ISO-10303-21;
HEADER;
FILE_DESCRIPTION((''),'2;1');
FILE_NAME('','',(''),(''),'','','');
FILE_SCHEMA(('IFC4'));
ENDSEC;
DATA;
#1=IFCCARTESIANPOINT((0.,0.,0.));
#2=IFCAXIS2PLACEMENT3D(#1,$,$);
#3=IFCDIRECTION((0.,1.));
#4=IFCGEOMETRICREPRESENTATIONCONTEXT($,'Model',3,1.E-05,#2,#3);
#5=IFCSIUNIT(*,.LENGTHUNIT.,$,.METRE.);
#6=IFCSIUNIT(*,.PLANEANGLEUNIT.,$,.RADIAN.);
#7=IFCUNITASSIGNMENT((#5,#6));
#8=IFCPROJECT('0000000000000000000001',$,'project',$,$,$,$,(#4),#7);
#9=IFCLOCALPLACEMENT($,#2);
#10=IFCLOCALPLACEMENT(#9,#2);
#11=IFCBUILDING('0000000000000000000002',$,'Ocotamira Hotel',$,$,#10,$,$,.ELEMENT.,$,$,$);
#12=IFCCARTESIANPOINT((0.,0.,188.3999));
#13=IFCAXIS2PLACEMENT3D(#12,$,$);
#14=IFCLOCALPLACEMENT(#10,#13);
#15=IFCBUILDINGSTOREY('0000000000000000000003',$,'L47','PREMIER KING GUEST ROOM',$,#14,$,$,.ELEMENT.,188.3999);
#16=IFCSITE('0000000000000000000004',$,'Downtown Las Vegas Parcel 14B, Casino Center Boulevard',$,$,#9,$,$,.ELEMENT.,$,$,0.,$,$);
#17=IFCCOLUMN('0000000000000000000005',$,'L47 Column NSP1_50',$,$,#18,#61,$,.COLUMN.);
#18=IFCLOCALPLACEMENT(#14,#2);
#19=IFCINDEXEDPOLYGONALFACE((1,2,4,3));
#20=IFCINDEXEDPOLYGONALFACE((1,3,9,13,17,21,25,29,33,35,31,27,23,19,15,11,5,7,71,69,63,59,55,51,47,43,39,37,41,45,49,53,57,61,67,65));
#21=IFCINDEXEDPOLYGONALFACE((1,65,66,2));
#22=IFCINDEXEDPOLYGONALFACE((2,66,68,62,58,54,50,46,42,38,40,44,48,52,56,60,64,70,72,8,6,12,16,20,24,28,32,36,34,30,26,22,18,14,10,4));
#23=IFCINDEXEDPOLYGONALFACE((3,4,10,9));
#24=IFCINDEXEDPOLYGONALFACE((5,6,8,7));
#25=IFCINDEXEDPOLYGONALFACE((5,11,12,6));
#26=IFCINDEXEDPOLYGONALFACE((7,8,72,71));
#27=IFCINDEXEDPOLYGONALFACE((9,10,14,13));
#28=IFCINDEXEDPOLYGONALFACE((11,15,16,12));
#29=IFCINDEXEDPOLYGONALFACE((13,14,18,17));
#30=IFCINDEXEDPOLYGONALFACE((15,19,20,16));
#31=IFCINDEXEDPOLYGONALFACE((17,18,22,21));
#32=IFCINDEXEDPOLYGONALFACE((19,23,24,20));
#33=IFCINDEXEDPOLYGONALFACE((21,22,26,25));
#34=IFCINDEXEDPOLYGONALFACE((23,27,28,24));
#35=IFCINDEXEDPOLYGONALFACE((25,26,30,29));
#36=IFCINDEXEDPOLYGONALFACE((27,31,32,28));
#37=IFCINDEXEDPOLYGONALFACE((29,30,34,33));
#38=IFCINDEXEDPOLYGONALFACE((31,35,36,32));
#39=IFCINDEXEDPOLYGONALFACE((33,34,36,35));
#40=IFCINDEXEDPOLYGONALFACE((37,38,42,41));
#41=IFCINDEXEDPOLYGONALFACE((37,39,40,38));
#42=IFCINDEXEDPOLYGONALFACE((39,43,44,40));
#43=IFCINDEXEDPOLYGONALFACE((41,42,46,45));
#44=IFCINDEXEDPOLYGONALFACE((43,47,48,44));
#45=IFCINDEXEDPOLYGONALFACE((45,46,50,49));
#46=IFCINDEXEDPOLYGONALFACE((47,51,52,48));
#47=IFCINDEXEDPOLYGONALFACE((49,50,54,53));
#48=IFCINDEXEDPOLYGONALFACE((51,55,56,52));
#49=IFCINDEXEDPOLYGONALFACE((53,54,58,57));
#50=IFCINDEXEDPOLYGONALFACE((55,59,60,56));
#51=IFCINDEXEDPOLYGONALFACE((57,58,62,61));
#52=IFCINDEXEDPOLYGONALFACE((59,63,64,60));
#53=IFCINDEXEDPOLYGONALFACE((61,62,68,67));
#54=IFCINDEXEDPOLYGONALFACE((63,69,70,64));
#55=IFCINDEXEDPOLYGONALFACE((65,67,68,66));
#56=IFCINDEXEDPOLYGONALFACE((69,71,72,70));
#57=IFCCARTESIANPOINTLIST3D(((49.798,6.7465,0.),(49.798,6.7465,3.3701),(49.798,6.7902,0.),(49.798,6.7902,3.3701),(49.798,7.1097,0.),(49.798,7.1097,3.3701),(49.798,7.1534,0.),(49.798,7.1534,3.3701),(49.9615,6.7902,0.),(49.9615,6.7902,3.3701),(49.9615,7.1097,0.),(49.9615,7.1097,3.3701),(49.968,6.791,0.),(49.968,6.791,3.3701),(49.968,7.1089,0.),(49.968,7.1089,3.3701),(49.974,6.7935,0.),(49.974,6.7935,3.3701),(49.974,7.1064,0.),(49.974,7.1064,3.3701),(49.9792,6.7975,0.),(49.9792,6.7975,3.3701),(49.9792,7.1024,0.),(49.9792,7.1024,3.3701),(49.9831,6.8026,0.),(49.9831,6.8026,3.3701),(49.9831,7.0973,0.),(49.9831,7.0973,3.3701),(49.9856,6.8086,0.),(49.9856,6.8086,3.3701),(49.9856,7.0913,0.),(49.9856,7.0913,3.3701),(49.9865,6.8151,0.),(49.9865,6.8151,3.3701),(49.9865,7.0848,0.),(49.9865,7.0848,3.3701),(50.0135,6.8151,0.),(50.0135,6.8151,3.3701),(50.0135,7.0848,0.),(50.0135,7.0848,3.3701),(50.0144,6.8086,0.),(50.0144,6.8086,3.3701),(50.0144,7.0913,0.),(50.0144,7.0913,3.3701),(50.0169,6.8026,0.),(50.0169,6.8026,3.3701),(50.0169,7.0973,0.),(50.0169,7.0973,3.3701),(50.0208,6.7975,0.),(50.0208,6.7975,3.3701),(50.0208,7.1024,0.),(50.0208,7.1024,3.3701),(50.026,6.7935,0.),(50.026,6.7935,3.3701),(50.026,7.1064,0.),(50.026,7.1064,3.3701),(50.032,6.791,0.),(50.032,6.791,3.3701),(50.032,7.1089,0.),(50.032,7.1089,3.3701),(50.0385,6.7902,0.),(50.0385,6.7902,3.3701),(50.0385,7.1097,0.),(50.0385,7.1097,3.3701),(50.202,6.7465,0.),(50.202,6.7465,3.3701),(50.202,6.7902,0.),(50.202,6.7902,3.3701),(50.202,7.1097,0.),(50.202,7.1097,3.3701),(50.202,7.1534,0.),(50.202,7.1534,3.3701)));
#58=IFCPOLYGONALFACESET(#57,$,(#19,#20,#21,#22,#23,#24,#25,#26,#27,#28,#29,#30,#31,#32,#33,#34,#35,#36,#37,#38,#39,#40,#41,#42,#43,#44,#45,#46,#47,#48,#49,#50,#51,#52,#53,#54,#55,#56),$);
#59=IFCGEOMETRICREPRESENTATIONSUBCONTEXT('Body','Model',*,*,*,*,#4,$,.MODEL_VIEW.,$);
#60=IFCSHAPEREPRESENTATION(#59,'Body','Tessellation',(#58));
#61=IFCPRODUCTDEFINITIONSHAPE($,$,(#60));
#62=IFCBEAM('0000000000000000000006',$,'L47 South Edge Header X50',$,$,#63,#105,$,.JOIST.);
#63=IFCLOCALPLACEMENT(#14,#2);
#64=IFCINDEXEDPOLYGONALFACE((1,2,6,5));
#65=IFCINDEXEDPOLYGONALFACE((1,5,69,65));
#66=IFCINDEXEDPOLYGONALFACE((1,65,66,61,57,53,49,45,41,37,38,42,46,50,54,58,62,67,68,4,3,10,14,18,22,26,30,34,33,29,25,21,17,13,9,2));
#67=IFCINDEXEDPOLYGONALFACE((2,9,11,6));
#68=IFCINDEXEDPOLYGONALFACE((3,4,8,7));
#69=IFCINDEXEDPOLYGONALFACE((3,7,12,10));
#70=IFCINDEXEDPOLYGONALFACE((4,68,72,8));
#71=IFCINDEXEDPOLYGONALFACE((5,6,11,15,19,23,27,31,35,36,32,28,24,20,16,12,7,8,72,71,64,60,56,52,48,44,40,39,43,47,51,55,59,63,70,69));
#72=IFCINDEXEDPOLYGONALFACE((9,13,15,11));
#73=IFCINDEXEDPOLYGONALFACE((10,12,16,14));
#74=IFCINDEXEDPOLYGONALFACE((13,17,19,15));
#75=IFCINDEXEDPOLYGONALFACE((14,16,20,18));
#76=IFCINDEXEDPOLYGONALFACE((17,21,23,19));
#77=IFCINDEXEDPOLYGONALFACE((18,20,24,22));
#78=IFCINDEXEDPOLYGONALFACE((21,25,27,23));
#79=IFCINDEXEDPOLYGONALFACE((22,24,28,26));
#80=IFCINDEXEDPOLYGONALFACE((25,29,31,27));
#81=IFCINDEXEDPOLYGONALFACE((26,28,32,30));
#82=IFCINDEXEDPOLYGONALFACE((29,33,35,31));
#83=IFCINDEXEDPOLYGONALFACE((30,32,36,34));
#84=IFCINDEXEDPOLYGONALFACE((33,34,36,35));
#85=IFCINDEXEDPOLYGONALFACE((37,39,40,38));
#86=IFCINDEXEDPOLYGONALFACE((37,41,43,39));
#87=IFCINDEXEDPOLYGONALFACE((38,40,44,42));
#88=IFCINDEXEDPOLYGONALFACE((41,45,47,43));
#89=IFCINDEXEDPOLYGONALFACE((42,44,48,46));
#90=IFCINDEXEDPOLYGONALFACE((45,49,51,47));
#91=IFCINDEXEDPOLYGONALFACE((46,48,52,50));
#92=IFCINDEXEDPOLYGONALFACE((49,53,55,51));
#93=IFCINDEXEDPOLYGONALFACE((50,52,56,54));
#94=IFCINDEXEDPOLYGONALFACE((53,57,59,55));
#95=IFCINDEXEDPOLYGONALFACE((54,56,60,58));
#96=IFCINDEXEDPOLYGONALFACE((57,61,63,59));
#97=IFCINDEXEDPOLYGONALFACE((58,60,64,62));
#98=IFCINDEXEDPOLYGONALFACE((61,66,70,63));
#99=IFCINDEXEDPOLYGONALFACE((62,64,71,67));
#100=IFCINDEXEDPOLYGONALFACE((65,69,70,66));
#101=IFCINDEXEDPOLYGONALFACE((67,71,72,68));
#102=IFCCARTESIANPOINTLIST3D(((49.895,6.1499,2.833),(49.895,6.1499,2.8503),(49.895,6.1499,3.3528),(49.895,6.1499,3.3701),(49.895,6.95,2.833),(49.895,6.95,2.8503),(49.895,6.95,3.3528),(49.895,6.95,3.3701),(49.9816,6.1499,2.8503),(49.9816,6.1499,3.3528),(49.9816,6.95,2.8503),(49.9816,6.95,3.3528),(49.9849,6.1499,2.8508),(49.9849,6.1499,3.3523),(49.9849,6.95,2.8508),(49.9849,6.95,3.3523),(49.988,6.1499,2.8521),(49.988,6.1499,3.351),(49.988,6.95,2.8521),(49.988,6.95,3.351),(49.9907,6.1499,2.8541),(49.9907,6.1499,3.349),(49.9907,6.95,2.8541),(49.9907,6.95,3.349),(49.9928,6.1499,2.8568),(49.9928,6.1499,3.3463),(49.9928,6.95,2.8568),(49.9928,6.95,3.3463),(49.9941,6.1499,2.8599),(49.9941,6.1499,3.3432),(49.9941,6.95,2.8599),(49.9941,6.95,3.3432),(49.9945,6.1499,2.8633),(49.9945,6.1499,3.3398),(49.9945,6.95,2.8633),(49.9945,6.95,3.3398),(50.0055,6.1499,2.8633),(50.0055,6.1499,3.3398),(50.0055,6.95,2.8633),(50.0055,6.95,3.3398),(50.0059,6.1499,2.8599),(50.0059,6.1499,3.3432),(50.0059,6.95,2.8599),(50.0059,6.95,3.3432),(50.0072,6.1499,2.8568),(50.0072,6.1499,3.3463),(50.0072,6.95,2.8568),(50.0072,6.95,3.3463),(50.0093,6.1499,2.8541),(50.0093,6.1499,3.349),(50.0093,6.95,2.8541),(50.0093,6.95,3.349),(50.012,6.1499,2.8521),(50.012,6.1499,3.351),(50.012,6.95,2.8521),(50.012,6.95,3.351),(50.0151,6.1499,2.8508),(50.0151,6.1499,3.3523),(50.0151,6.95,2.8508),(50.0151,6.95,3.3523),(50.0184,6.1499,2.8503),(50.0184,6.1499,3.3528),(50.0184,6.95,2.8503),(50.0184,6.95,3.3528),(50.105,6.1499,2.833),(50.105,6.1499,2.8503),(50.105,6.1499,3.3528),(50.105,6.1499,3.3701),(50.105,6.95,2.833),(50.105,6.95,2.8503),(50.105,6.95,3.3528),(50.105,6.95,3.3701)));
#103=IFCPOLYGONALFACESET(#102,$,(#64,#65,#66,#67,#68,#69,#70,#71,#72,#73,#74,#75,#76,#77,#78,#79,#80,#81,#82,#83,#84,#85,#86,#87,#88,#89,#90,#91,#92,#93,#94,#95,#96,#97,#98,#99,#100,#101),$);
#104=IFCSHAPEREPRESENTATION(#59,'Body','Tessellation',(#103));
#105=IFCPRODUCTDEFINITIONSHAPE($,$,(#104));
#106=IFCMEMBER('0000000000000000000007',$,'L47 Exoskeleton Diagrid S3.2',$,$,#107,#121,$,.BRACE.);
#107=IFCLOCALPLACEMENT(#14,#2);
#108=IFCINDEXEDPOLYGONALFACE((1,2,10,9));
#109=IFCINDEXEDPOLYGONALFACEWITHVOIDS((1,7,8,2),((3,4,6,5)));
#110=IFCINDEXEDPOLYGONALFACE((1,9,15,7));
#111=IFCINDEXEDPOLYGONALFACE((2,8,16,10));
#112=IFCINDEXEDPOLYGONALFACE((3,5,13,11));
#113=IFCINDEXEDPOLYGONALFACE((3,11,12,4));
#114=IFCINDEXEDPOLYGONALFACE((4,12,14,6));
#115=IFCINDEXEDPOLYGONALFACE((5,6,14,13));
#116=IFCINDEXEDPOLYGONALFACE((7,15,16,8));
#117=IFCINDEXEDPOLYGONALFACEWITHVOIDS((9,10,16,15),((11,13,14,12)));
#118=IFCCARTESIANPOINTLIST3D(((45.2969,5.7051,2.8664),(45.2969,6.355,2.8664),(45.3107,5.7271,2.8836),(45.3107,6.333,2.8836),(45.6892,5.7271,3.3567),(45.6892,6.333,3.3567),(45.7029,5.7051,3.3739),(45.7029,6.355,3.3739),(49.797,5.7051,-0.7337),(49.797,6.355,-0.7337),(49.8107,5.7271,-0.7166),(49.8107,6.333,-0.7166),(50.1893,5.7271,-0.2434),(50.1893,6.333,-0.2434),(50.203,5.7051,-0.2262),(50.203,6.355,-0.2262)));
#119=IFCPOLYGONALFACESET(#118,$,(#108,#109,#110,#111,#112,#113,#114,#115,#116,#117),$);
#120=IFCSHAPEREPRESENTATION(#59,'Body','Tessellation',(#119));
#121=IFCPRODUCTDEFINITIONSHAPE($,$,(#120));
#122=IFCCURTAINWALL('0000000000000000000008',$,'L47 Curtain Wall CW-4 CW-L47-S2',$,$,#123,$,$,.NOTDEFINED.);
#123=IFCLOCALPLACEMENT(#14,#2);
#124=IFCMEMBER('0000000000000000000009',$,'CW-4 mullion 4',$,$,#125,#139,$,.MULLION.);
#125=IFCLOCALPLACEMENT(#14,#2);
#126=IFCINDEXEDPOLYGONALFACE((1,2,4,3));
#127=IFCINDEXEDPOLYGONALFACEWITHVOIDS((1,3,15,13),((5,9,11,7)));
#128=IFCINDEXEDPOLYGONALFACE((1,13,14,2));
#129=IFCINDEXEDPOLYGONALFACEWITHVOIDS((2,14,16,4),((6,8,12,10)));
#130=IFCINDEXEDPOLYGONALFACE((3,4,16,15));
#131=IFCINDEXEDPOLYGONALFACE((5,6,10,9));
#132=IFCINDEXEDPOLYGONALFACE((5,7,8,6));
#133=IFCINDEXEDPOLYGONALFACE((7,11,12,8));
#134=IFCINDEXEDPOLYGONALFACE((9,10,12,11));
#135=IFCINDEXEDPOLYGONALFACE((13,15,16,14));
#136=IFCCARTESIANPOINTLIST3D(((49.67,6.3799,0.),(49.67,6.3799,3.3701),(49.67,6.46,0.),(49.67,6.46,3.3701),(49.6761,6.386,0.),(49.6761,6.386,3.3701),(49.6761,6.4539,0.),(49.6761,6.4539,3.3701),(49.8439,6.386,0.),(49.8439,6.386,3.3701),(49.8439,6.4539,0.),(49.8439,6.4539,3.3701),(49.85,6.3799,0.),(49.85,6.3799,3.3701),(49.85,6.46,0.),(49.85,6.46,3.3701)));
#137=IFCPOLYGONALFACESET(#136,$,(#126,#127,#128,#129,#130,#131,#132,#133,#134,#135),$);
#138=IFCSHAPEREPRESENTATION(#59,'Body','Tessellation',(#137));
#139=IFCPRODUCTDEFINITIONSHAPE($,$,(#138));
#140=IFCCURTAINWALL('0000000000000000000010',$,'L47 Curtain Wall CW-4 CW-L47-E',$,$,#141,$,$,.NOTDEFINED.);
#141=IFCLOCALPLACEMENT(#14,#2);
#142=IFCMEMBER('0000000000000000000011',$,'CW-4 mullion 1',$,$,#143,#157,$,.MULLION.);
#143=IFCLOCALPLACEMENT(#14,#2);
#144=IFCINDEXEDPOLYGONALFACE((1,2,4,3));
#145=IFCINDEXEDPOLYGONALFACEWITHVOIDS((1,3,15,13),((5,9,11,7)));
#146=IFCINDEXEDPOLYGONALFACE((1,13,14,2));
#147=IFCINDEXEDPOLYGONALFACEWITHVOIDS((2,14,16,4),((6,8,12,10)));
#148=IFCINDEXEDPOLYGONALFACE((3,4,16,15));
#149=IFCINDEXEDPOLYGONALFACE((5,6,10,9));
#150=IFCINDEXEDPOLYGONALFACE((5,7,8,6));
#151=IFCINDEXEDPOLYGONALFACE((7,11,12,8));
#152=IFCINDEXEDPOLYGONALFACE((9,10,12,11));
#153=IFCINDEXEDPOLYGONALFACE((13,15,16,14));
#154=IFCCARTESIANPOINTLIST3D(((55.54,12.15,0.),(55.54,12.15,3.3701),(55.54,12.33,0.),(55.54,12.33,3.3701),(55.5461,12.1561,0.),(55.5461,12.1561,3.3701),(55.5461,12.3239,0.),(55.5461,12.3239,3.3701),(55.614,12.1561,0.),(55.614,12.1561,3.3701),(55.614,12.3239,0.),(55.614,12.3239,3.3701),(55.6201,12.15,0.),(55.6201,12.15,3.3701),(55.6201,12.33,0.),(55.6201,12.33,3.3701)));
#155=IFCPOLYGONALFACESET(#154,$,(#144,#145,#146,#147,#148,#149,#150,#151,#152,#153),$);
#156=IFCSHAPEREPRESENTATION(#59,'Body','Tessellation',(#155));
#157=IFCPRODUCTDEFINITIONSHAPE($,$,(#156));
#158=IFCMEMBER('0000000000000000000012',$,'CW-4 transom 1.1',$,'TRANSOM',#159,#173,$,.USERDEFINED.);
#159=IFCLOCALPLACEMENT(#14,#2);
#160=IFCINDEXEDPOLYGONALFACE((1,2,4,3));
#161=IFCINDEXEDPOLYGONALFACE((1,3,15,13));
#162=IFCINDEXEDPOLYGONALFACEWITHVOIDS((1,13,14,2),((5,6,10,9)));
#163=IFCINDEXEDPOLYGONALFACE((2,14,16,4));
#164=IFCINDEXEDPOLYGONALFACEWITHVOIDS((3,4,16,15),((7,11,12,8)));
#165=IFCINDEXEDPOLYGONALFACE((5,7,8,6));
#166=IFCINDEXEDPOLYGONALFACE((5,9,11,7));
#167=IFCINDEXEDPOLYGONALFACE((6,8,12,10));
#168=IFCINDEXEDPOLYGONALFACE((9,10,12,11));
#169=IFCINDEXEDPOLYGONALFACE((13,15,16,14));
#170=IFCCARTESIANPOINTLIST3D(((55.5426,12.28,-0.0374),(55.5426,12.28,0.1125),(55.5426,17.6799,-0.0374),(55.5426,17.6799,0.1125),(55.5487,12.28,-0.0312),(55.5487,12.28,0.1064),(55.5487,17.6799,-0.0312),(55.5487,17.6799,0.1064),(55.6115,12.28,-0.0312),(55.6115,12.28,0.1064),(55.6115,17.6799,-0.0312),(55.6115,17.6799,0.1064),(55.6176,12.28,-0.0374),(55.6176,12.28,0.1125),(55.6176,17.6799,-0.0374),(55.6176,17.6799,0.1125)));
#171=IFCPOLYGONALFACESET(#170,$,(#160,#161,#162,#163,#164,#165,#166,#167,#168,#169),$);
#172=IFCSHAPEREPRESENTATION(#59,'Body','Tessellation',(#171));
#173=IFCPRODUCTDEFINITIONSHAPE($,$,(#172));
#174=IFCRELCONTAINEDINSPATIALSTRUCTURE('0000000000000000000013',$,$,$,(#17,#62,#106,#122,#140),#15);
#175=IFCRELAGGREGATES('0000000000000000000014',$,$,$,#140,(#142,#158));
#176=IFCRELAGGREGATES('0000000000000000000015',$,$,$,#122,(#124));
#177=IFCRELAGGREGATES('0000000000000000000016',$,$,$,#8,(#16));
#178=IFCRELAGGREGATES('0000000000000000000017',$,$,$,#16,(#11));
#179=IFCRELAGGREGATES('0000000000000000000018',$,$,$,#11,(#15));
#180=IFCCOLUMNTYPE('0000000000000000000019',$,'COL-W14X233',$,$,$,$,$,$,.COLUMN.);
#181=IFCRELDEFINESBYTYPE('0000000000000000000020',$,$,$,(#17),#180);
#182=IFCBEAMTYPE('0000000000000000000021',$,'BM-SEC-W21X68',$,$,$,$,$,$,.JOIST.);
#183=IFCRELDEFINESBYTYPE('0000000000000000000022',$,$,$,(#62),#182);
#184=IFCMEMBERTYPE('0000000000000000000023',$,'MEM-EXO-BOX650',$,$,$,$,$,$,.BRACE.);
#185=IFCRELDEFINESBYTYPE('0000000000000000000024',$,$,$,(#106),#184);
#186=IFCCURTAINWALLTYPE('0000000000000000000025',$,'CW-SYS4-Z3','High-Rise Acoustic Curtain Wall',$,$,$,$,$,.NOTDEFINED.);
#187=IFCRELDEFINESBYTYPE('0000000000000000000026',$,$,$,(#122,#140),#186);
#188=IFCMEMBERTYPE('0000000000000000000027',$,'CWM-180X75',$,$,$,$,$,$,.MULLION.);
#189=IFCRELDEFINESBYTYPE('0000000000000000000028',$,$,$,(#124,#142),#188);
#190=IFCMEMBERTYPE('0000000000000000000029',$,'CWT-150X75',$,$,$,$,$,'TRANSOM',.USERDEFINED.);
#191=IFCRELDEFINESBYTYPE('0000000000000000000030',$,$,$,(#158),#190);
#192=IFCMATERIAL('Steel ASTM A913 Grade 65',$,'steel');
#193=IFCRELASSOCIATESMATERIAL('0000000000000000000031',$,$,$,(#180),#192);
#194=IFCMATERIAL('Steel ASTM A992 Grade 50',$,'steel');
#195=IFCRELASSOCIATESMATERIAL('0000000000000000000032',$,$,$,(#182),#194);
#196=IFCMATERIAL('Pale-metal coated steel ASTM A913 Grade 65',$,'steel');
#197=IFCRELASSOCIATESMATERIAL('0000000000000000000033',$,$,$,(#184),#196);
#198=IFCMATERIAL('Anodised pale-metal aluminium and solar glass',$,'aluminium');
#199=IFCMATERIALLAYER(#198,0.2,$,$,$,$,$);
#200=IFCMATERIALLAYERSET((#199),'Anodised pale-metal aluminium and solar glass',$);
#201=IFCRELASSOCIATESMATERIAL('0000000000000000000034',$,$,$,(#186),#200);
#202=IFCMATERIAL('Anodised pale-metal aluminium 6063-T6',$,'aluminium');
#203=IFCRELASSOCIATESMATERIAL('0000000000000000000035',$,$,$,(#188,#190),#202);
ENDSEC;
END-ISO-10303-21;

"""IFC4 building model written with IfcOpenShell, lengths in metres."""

from ifc_helpers import new_model, si_unit, direction, frame, origin, origin_2d, place, context, subcontext, project, spatial, hollow_rectangle, i_section, extrude, source, transform, mapped, material, layer, layer_set, material_profile, profile_set, type_object, element, aggregate, save


model = new_model("IFC4")

# Units and contexts
model_context = context("Model", 3, precision=1e-05, world=origin(), true_north=direction((0.0, 1.0)))
body_context = subcontext(model_context, "Body", "Model", "MODEL_VIEW")
ifc_project = project(units=[si_unit("LENGTHUNIT", "METRE"), si_unit("PLANEANGLEUNIT", "RADIAN")], contexts=[model_context])

# Site, building, storey
site_placement = place(None, origin())
site = spatial("IfcSite", under=ifc_project, at=site_placement, Name="Downtown Las Vegas Parcel 14B, Casino Center Boulevard", CompositionType="ELEMENT", RefElevation=0.0)
building_placement = place(site_placement, origin())
building = spatial("IfcBuilding", under=site, at=building_placement, Name="Ocotamira Hotel", CompositionType="ELEMENT")
storey_placement = place(building_placement, frame((0.0, 0.0, 188.3999)))
storey = spatial("IfcBuildingStorey", under=building, at=storey_placement, Name="L47", Description="PREMIER KING GUEST ROOM", CompositionType="ELEMENT", Elevation=188.3999)

# Column
ifc_material_1 = material(Name="Steel ASTM A913 Grade 65", Category="steel")
ifc_material_profile_1 = material_profile(ifc_material_1, i_section(OverallWidth=0.4041, OverallDepth=0.407, WebThickness=0.0271, FlangeThickness=0.0437, FilletRadius=0.0249, at=origin_2d()), Name="W14X233")
ifc_profile_set_1 = profile_set([ifc_material_profile_1], Name="Steel ASTM A913 Grade 65")
column_type = type_object("IfcColumnType", Name="COL-W14X233", PredefinedType="COLUMN", material=ifc_profile_set_1)
shared_shape_1 = source(origin(), body_context, "Body", "SweptSolid", [
    extrude(i_section(OverallWidth=0.4041, OverallDepth=0.407, WebThickness=0.0271, FlangeThickness=0.0437, FilletRadius=0.0249, at=origin_2d()), origin(), (0.0, 0.0, 1.0), 3.3701),
])
column_placement = place(storey_placement, frame((50.0, 6.95, 0.0), z_axis=(0.0, 0.0, 1.0), x_axis=(1.0, 0.0, 0.0)))
element("IfcColumn", 1, at=column_placement, inside=storey, type_object=column_type, Name="L47 Column NSP1_50", PredefinedType="COLUMN", context=body_context, shape_type="MappedRepresentation", body=[
    mapped(shared_shape_1, transform((0.0, 0.0, 0.0), scale=1.0)),
])

# Beam
ifc_material_2 = material(Name="Steel ASTM A992 Grade 50", Category="steel")
ifc_material_profile_2 = material_profile(ifc_material_2, i_section(OverallWidth=0.21, OverallDepth=0.5371, WebThickness=0.011, FlangeThickness=0.0173, FilletRadius=0.0129, at=origin_2d()), Name="W21X68")
ifc_profile_set_2 = profile_set([ifc_material_profile_2], Name="Steel ASTM A992 Grade 50")
beam_type = type_object("IfcBeamType", Name="BM-SEC-W21X68", PredefinedType="JOIST", material=ifc_profile_set_2)
shared_shape_2 = source(origin(), body_context, "Body", "SweptSolid", [
    extrude(i_section(OverallWidth=0.21, OverallDepth=0.5371, WebThickness=0.011, FlangeThickness=0.0173, FilletRadius=0.0129, at=origin_2d()), origin(), (0.0, 0.0, 1.0), 0.8),
])
beam_placement = place(storey_placement, frame((50.0, 6.95, 3.1016), z_axis=(0.0, -1.0, 0.0), x_axis=(1.0, 0.0, 0.0)))
element("IfcBeam", 2, at=beam_placement, inside=storey, type_object=beam_type, Name="L47 South Edge Header X50", PredefinedType="JOIST", context=body_context, shape_type="MappedRepresentation", body=[
    mapped(shared_shape_2, transform((0.0, 0.0, 0.0), scale=1.0)),
])

# Member
ifc_material_3 = material(Name="Pale-metal coated steel ASTM A913 Grade 65", Category="steel")
ifc_material_profile_3 = material_profile(ifc_material_3, hollow_rectangle(XDim=0.6499, YDim=0.6499, WallThickness=0.022, at=origin_2d()), Name="BOX650X650X22")
ifc_profile_set_3 = profile_set([ifc_material_profile_3], Name="Pale-metal coated steel ASTM A913 Grade 65")
member_type_1 = type_object("IfcMemberType", Name="MEM-EXO-BOX650", PredefinedType="BRACE", material=ifc_profile_set_3)
shared_shape_3 = source(origin(), body_context, "Body", "SweptSolid", [
    extrude(hollow_rectangle(XDim=0.6499, YDim=0.6499, WallThickness=0.022, at=origin_2d()), origin(), (0.0, 0.0, 1.0), 5.7629),
])
member_1_placement = place(storey_placement, frame((50.0, 6.03, -0.48), z_axis=(-0.780861, 0.0, 0.624705), x_axis=(0.0, -1.0, 0.0)))
element("IfcMember", 3, at=member_1_placement, inside=storey, type_object=member_type_1, Name="L47 Exoskeleton Diagrid S3.2", PredefinedType="BRACE", context=body_context, shape_type="MappedRepresentation", body=[
    mapped(shared_shape_3, transform((0.0, 0.0, 0.0), scale=1.0)),
])

# Curtain wall, member
ifc_material_4 = material(Name="Anodised pale-metal aluminium and solar glass", Category="aluminium")
ifc_layer_1 = layer(ifc_material_4, 0.2)
ifc_layer_set_1 = layer_set([ifc_layer_1], Name="Anodised pale-metal aluminium and solar glass")
curtain_wall_type = type_object("IfcCurtainWallType", Name="CW-SYS4-Z3", Description="High-Rise Acoustic Curtain Wall", PredefinedType="NOTDEFINED", material=ifc_layer_set_1)
curtain_wall_1_placement = place(storey_placement, origin())
curtain_wall_1 = element("IfcCurtainWall", 4, at=curtain_wall_1_placement, inside=storey, type_object=curtain_wall_type, Name="L47 Curtain Wall CW-4 CW-L47-S2", PredefinedType="NOTDEFINED")
ifc_material_5 = material(Name="Anodised pale-metal aluminium 6063-T6", Category="aluminium")
ifc_material_profile_4 = material_profile(ifc_material_5, hollow_rectangle(XDim=0.0801, YDim=0.1799, WallThickness=0.0061, at=origin_2d()), Name="HSS180X80X6")
ifc_profile_set_4 = profile_set([ifc_material_profile_4], Name="Anodised pale-metal aluminium 6063-T6")
member_type_2 = type_object("IfcMemberType", Name="CWM-180X75", PredefinedType="MULLION", material=ifc_profile_set_4)
shared_shape_4 = source(origin(), body_context, "Body", "SweptSolid", [
    extrude(hollow_rectangle(XDim=0.0801, YDim=0.1799, WallThickness=0.0061, at=origin_2d()), origin(), (0.0, 0.0, 1.0), 3.3701),
])
member_2_placement = place(storey_placement, frame((49.76, 6.4199, 0.0), z_axis=(0.0, 0.0, 1.0), x_axis=(0.0, 1.0, 0.0)))
member_2 = element("IfcMember", 5, at=member_2_placement, type_object=member_type_2, Name="CW-4 mullion 4", PredefinedType="MULLION", context=body_context, shape_type="MappedRepresentation", body=[
    mapped(shared_shape_4, transform((0.0, 0.0, 0.0), scale=1.0)),
])

# Curtain wall, members
curtain_wall_2_placement = place(storey_placement, origin())
curtain_wall_2 = element("IfcCurtainWall", 6, at=curtain_wall_2_placement, inside=storey, type_object=curtain_wall_type, Name="L47 Curtain Wall CW-4 CW-L47-E", PredefinedType="NOTDEFINED")
member_3_placement = place(storey_placement, frame((55.5801, 12.24, 0.0), z_axis=(0.0, 0.0, 1.0), x_axis=(-1.0, 0.0, 0.0)))
member_3 = element("IfcMember", 7, at=member_3_placement, type_object=member_type_2, Name="CW-4 mullion 1", PredefinedType="MULLION", context=body_context, shape_type="MappedRepresentation", body=[
    mapped(shared_shape_4, transform((0.0, 0.0, 0.0), scale=1.0)),
])
ifc_material_profile_5 = material_profile(ifc_material_5, hollow_rectangle(XDim=0.075, YDim=0.1499, WallThickness=0.0061, at=origin_2d()), Name="HSS150X75X6")
ifc_profile_set_5 = profile_set([ifc_material_profile_5], Name="Anodised pale-metal aluminium 6063-T6")
member_type_3 = type_object("IfcMemberType", Name="CWT-150X75", ElementType="TRANSOM", PredefinedType="USERDEFINED", material=ifc_profile_set_5)
shared_shape_5 = source(origin(), body_context, "Body", "SweptSolid", [
    extrude(hollow_rectangle(XDim=0.075, YDim=0.1499, WallThickness=0.0061, at=origin_2d()), origin(), (0.0, 0.0, 1.0), 5.3999),
])
member_4_placement = place(storey_placement, frame((55.5801, 12.28, 0.0376), z_axis=(0.0, 1.0, 0.0), x_axis=(-1.0, 0.0, 0.0)))
member_4 = element("IfcMember", 8, at=member_4_placement, type_object=member_type_3, Name="CW-4 transom 1.1", ObjectType="TRANSOM", PredefinedType="USERDEFINED", context=body_context, shape_type="MappedRepresentation", body=[
    mapped(shared_shape_5, transform((0.0, 0.0, 0.0), scale=1.0)),
])
aggregate(curtain_wall_2, [member_3, member_4])

aggregate(curtain_wall_1, [member_2])

save(model, "model.ifc")
